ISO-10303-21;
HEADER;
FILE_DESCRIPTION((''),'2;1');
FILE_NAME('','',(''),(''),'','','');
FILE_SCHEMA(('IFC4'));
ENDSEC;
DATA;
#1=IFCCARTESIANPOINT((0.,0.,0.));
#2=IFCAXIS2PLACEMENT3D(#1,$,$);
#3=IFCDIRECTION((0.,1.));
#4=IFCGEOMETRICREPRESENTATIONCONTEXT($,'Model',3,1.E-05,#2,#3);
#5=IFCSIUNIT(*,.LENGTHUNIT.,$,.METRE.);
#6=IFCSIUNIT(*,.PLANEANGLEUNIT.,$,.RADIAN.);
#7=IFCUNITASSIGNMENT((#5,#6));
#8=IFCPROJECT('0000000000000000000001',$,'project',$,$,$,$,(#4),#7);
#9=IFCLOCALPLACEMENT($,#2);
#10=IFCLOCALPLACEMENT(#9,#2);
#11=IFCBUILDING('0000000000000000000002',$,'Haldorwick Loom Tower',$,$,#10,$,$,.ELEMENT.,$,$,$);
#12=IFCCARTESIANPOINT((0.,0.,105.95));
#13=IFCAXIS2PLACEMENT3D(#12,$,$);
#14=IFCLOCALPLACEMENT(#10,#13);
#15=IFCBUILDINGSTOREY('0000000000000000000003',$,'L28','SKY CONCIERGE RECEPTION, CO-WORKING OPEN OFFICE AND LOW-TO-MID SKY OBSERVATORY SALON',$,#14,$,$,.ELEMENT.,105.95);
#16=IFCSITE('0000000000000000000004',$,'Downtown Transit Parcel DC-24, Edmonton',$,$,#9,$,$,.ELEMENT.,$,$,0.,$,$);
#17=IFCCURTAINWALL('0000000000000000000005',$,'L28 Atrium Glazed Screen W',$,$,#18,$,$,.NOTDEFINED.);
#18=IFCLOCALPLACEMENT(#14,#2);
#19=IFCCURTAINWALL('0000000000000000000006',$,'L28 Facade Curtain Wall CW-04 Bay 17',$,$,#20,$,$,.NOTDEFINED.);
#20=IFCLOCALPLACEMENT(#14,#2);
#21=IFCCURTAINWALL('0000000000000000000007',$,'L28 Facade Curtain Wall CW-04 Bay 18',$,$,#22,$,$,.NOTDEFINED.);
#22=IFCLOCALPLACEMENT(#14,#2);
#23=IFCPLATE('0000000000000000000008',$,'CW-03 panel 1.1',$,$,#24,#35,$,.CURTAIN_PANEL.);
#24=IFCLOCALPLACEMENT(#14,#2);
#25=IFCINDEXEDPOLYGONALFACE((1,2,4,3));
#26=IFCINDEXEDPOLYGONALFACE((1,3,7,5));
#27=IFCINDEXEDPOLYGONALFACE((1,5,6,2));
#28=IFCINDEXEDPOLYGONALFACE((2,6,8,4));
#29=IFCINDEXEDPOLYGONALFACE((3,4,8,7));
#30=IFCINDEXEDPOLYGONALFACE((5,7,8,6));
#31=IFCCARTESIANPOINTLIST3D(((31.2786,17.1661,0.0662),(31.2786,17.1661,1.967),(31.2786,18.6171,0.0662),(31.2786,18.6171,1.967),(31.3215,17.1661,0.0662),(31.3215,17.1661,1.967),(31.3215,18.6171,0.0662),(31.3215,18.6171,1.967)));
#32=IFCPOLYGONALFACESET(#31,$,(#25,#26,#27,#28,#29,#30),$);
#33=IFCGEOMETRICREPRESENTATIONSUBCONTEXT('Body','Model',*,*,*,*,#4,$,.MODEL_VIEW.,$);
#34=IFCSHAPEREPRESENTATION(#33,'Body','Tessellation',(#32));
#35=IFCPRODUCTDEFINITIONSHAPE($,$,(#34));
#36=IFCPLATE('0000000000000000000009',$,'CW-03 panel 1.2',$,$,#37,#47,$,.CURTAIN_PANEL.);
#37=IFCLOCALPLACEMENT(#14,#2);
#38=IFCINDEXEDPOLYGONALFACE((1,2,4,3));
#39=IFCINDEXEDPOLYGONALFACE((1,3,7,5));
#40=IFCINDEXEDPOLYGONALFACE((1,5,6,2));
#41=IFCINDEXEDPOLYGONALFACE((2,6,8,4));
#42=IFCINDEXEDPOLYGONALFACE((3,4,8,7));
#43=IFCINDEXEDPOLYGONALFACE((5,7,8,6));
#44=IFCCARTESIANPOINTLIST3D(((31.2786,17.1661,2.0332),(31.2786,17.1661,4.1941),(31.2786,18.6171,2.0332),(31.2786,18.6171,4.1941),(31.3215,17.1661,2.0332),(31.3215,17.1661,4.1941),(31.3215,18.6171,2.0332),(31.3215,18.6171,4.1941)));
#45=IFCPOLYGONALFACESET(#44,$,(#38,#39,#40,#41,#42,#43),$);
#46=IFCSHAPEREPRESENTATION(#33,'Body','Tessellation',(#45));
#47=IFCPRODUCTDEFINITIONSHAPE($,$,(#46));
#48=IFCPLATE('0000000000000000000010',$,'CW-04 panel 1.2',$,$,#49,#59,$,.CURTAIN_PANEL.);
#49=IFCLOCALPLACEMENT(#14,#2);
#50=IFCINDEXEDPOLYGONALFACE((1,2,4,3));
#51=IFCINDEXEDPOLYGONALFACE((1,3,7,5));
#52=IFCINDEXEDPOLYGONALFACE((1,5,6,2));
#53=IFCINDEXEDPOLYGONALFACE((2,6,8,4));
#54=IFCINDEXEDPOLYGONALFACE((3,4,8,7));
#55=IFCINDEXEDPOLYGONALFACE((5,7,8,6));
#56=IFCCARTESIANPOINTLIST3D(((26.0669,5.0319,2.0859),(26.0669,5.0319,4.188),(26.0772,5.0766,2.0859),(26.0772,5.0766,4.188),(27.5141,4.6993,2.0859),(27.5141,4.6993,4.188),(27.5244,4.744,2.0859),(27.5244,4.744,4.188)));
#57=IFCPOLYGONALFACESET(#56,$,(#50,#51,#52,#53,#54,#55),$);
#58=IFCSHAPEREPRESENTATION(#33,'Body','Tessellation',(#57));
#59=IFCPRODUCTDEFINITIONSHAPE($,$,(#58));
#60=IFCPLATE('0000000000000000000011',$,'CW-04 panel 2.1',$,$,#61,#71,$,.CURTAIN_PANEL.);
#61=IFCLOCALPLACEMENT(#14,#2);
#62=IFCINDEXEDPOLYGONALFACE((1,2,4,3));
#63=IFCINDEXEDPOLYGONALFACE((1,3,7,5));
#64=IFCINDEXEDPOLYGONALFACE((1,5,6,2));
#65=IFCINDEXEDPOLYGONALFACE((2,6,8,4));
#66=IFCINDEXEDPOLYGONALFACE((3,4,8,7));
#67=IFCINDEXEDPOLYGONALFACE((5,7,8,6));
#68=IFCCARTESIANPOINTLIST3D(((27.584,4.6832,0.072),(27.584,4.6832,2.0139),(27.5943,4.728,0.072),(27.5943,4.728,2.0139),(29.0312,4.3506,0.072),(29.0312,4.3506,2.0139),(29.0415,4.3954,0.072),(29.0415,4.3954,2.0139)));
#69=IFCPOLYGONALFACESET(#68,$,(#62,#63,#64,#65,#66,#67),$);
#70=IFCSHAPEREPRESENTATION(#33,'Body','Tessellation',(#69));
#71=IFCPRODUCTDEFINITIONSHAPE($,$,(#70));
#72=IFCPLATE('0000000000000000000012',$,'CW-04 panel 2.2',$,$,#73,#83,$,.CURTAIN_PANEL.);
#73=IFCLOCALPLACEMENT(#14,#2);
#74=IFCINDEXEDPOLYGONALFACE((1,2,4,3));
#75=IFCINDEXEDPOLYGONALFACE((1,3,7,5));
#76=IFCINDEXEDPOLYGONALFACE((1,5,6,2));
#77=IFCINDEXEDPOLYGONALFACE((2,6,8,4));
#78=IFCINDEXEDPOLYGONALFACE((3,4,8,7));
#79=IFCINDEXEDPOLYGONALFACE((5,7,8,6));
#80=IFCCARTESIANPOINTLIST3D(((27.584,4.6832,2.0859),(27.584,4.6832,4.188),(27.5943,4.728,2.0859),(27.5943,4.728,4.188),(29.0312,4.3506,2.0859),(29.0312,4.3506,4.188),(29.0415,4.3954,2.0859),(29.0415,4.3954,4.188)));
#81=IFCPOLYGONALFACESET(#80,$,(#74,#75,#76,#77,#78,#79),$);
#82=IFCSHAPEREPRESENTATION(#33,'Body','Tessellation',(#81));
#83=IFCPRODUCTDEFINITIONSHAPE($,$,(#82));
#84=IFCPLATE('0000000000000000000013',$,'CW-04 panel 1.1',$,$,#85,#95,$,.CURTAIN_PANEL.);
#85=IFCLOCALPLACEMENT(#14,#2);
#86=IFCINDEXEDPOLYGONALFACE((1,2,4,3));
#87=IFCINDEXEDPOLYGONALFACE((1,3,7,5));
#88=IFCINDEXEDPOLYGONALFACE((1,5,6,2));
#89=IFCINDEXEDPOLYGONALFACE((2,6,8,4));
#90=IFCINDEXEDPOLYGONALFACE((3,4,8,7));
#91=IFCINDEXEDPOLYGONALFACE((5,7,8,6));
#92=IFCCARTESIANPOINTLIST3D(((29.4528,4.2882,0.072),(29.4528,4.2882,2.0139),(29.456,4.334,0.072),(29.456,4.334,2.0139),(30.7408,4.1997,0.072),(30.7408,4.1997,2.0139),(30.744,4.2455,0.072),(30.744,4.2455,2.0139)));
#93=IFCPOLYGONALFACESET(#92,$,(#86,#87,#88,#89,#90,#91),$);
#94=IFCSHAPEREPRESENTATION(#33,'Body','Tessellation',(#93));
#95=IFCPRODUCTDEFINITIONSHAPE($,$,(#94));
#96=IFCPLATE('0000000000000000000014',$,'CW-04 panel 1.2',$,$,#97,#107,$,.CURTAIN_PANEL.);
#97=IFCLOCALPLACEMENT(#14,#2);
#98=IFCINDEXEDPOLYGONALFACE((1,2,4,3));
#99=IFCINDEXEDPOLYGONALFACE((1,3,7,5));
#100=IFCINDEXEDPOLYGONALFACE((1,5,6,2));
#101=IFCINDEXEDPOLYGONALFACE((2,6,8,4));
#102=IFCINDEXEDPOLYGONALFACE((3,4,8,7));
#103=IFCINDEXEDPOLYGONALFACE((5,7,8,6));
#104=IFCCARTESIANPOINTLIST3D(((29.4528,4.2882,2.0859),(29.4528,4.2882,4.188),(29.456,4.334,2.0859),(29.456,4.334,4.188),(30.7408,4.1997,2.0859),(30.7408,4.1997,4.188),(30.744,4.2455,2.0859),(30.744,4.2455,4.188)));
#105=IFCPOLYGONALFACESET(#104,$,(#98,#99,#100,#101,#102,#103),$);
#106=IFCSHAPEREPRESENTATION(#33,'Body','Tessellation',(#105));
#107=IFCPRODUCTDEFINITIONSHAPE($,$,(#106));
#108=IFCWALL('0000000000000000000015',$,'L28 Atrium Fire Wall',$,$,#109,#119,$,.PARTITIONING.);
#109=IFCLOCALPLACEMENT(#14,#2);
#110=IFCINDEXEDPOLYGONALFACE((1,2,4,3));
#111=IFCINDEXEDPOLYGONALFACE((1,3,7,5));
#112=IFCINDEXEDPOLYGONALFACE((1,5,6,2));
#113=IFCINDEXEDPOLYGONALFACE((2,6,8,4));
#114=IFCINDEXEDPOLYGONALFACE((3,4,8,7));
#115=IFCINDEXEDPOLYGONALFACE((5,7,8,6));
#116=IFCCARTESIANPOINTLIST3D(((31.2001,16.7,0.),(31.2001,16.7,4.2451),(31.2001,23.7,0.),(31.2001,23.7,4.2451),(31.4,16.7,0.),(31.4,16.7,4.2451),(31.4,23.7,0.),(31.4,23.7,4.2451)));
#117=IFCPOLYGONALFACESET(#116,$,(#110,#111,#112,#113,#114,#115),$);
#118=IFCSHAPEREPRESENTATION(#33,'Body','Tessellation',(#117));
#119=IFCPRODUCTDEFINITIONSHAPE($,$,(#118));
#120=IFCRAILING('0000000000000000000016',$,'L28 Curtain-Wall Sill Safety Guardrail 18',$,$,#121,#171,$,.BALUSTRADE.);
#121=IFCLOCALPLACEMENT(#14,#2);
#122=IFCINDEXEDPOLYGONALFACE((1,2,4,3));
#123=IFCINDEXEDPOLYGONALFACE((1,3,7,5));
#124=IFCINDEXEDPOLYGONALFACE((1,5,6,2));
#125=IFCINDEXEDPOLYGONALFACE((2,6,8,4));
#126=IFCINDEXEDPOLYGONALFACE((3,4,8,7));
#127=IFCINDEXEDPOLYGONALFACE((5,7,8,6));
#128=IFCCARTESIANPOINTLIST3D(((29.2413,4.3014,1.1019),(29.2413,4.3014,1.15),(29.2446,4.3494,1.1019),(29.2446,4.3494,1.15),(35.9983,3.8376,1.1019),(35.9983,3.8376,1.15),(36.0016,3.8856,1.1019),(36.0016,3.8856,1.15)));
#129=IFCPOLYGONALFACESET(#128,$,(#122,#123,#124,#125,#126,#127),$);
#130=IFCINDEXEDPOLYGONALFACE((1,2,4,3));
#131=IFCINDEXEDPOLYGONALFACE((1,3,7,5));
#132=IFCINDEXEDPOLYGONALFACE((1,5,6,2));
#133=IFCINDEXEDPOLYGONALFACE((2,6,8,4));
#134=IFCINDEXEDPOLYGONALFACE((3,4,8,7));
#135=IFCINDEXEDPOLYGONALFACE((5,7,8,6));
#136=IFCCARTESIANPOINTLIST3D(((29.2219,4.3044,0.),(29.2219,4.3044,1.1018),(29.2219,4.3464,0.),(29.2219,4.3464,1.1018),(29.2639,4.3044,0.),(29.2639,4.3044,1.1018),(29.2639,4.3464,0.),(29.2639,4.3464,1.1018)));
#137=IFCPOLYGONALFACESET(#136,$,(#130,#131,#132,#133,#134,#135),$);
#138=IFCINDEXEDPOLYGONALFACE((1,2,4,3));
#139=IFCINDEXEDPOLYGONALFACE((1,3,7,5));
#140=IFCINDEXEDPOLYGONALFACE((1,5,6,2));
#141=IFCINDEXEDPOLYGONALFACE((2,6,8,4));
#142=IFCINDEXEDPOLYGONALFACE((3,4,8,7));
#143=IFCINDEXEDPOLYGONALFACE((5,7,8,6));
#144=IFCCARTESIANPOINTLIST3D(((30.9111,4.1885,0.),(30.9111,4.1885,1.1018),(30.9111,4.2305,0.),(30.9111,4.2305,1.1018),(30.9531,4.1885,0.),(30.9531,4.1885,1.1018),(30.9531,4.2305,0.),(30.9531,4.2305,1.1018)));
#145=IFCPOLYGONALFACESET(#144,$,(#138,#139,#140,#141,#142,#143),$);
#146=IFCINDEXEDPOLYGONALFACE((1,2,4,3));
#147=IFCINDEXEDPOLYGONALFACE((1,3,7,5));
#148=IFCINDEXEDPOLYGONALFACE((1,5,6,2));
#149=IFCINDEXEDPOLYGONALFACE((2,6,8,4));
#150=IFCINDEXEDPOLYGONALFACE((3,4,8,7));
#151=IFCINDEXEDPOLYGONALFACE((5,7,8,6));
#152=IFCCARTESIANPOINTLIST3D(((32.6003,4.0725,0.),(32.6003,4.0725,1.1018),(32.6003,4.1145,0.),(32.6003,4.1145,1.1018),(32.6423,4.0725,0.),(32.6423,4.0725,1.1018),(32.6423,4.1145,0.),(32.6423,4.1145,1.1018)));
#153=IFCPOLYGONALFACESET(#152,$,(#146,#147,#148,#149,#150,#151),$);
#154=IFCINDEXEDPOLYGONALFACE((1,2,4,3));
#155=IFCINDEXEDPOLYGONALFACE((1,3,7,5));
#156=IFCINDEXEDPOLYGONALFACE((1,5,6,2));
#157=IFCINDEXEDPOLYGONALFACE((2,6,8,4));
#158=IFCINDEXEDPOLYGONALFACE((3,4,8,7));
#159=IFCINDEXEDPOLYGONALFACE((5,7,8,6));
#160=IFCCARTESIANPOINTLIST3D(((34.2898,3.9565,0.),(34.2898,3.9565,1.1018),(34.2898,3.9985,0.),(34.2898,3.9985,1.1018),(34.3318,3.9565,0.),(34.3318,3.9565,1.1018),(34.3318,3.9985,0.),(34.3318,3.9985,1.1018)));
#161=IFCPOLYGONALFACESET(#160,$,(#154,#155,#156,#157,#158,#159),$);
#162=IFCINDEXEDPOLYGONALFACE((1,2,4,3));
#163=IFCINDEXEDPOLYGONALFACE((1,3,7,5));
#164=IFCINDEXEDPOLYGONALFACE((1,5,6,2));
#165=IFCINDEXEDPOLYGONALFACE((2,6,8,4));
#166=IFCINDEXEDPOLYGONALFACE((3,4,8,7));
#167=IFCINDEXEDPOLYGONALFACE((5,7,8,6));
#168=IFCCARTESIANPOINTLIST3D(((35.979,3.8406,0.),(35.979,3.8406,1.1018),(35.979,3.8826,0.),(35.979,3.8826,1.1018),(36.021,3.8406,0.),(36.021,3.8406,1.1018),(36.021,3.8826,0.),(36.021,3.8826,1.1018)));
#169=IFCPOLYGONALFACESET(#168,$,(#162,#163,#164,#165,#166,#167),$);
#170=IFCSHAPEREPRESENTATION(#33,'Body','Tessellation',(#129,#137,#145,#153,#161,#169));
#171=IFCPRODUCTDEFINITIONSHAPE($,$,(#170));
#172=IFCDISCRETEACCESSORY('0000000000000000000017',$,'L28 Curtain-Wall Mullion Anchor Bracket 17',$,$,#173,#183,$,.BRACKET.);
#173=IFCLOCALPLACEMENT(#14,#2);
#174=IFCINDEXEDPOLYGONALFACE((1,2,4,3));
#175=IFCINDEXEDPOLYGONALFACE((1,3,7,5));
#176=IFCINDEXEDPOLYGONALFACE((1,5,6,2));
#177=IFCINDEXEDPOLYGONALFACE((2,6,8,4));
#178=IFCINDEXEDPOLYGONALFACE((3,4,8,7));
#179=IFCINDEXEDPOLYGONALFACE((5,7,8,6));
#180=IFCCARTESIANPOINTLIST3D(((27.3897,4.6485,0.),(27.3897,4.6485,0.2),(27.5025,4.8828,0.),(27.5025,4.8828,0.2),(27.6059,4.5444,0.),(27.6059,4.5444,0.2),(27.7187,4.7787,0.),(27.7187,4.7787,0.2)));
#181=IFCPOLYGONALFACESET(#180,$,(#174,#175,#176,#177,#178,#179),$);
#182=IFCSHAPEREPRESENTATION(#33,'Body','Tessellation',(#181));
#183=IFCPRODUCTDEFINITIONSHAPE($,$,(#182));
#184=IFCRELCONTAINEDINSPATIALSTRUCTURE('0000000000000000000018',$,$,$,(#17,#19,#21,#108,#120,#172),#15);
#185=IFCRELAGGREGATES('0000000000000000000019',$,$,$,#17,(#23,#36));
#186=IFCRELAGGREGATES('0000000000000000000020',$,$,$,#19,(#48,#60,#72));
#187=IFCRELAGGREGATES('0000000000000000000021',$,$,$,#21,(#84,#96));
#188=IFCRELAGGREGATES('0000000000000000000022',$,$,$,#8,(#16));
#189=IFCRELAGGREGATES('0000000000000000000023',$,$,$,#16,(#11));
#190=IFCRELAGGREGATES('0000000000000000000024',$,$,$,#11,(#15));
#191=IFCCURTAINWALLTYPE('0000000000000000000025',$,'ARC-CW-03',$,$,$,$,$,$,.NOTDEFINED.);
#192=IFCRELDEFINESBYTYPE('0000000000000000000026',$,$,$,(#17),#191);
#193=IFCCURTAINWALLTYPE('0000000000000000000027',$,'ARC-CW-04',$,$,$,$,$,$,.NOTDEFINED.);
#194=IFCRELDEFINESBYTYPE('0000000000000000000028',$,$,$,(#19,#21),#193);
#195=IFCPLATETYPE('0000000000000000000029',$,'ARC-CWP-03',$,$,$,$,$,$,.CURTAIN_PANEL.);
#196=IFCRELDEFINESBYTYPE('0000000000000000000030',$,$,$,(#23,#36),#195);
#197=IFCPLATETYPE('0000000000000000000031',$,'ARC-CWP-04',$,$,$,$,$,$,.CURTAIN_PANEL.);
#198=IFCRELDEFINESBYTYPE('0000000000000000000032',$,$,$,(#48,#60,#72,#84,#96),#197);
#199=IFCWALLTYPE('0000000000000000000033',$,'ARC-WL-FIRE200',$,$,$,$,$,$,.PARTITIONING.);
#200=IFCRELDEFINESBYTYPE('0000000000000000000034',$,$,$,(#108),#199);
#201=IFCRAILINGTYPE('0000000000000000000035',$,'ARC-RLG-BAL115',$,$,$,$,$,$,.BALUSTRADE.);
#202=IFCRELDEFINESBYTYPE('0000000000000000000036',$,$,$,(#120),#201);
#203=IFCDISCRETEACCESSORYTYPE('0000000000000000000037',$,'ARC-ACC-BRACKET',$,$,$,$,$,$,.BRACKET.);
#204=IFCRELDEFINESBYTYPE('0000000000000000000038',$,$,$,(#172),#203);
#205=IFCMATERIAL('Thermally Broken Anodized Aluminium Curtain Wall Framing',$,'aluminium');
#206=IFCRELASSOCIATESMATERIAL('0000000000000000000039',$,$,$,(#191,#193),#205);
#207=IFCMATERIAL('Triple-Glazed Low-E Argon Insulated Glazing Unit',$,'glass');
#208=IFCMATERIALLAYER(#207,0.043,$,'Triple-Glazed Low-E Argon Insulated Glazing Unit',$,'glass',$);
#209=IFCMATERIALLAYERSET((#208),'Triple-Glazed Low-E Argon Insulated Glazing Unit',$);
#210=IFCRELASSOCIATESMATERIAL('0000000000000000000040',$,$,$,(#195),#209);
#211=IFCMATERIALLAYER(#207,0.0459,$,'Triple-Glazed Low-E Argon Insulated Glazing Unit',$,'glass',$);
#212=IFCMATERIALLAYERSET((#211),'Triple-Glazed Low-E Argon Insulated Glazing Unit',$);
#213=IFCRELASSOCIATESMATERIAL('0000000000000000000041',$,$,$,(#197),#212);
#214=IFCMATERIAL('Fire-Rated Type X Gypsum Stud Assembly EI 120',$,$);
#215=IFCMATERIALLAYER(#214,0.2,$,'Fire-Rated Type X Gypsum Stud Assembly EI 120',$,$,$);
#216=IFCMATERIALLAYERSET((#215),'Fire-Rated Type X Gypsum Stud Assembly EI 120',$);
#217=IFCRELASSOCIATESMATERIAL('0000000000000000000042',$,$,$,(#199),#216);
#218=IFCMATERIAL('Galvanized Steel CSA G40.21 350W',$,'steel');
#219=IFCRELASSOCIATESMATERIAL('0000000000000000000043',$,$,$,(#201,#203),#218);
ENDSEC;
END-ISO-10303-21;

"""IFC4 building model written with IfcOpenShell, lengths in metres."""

from ifc_helpers import new_model, si_unit, direction, frame, frame_2d, origin, origin_2d, place, context, subcontext, project, spatial, rectangle, extrude, material, layer, layer_set, type_object, element, aggregate, save


model = new_model("IFC4")

# Units and contexts
model_context = context("Model", 3, precision=1e-05, world=origin(), true_north=direction((0.0, 1.0)))
body_context = subcontext(model_context, "Body", "Model", "MODEL_VIEW")
ifc_project = project(units=[si_unit("LENGTHUNIT", "METRE"), si_unit("PLANEANGLEUNIT", "RADIAN")], contexts=[model_context])

# Site, building, storey
site_placement = place(None, origin())
site = spatial("IfcSite", under=ifc_project, at=site_placement, Name="Downtown Transit Parcel DC-24, Edmonton", CompositionType="ELEMENT", RefElevation=0.0)
building_placement = place(site_placement, origin())
building = spatial("IfcBuilding", under=site, at=building_placement, Name="Haldorwick Loom Tower", CompositionType="ELEMENT")
storey_placement = place(building_placement, frame((0.0, 0.0, 105.95)))
storey = spatial("IfcBuildingStorey", under=building, at=storey_placement, Name="L28", Description="SKY CONCIERGE RECEPTION, CO-WORKING OPEN OFFICE AND LOW-TO-MID SKY OBSERVATORY SALON", CompositionType="ELEMENT", Elevation=105.95)

# Curtain walls
ifc_material_1 = material(Name="Thermally Broken Anodized Aluminium Curtain Wall Framing", Category="aluminium")
curtain_wall_type_1 = type_object("IfcCurtainWallType", Name="ARC-CW-03", PredefinedType="NOTDEFINED", material=ifc_material_1)
curtain_wall_1_placement = place(storey_placement, origin())
curtain_wall_1 = element("IfcCurtainWall", 1, at=curtain_wall_1_placement, inside=storey, type_object=curtain_wall_type_1, Name="L28 Atrium Glazed Screen W", PredefinedType="NOTDEFINED")
curtain_wall_type_2 = type_object("IfcCurtainWallType", Name="ARC-CW-04", PredefinedType="NOTDEFINED", material=ifc_material_1)
curtain_wall_2_placement = place(storey_placement, origin())
curtain_wall_2 = element("IfcCurtainWall", 2, at=curtain_wall_2_placement, inside=storey, type_object=curtain_wall_type_2, Name="L28 Facade Curtain Wall CW-04 Bay 17", PredefinedType="NOTDEFINED")
curtain_wall_3_placement = place(storey_placement, origin())
curtain_wall_3 = element("IfcCurtainWall", 3, at=curtain_wall_3_placement, inside=storey, type_object=curtain_wall_type_2, Name="L28 Facade Curtain Wall CW-04 Bay 18", PredefinedType="NOTDEFINED")

# Plates
ifc_material_2 = material(Name="Triple-Glazed Low-E Argon Insulated Glazing Unit", Category="glass")
ifc_layer_1 = layer(ifc_material_2, 0.043, Name="Triple-Glazed Low-E Argon Insulated Glazing Unit", Category="glass")
ifc_layer_set_1 = layer_set([ifc_layer_1], Name="Triple-Glazed Low-E Argon Insulated Glazing Unit")
plate_type_1 = type_object("IfcPlateType", Name="ARC-CWP-03", PredefinedType="CURTAIN_PANEL", material=ifc_layer_set_1)
plate_1_placement = place(storey_placement, frame((31.3, 17.8916, 0.0662), z_axis=(0.0, 0.0, 1.0), x_axis=(0.0, 1.0, 0.0)))
plate_1 = element("IfcPlate", 4, at=plate_1_placement, type_object=plate_type_1, Name="CW-03 panel 1.1", PredefinedType="CURTAIN_PANEL", context=body_context, shape_type="SweptSolid", body=[
    extrude(rectangle(XDim=1.4509, YDim=0.043, at=origin_2d()), origin(), (0.0, 0.0, 1.0), 1.9009),
])
plate_2_placement = place(storey_placement, frame((31.3, 17.8916, 2.0332), z_axis=(0.0, 0.0, 1.0), x_axis=(0.0, 1.0, 0.0)))
plate_2 = element("IfcPlate", 5, at=plate_2_placement, type_object=plate_type_1, Name="CW-03 panel 1.2", PredefinedType="CURTAIN_PANEL", context=body_context, shape_type="SweptSolid", body=[
    extrude(rectangle(XDim=1.4509, YDim=0.043, at=origin_2d()), origin(), (0.0, 0.0, 1.0), 2.1609),
])
aggregate(curtain_wall_1, [plate_1, plate_2])
ifc_layer_2 = layer(ifc_material_2, 0.0459, Name="Triple-Glazed Low-E Argon Insulated Glazing Unit", Category="glass")
ifc_layer_set_2 = layer_set([ifc_layer_2], Name="Triple-Glazed Low-E Argon Insulated Glazing Unit")
plate_type_2 = type_object("IfcPlateType", Name="ARC-CWP-04", PredefinedType="CURTAIN_PANEL", material=ifc_layer_set_2)
plate_3_placement = place(storey_placement, frame((26.7957, 4.8879, 2.0859), z_axis=(0.0, 0.0, 1.0), x_axis=(0.974593, -0.223981, 0.0)))
plate_3 = element("IfcPlate", 6, at=plate_3_placement, type_object=plate_type_2, Name="CW-04 panel 1.2", PredefinedType="CURTAIN_PANEL", context=body_context, shape_type="SweptSolid", body=[
    extrude(rectangle(XDim=1.4849, YDim=0.0459, at=origin_2d()), origin(), (0.0, 0.0, 1.0), 2.1021),
])
plate_4_placement = place(storey_placement, frame((28.3127, 4.5393, 0.072), z_axis=(0.0, 0.0, 1.0), x_axis=(0.974593, -0.223981, 0.0)))
plate_4 = element("IfcPlate", 7, at=plate_4_placement, type_object=plate_type_2, Name="CW-04 panel 2.1", PredefinedType="CURTAIN_PANEL", context=body_context, shape_type="SweptSolid", body=[
    extrude(rectangle(XDim=1.4849, YDim=0.0459, at=origin_2d()), origin(), (0.0, 0.0, 1.0), 1.9419),
])
plate_5_placement = place(storey_placement, frame((28.3127, 4.5393, 2.0859), z_axis=(0.0, 0.0, 1.0), x_axis=(0.974593, -0.223981, 0.0)))
plate_5 = element("IfcPlate", 8, at=plate_5_placement, type_object=plate_type_2, Name="CW-04 panel 2.2", PredefinedType="CURTAIN_PANEL", context=body_context, shape_type="SweptSolid", body=[
    extrude(rectangle(XDim=1.4849, YDim=0.0459, at=origin_2d()), origin(), (0.0, 0.0, 1.0), 2.1021),
])
aggregate(curtain_wall_2, [plate_3, plate_4, plate_5])
plate_6_placement = place(storey_placement, frame((30.0984, 4.2668, 0.072), z_axis=(0.0, 0.0, 1.0), x_axis=(0.997651, -0.068496, 0.0)))
plate_6 = element("IfcPlate", 9, at=plate_6_placement, type_object=plate_type_2, Name="CW-04 panel 1.1", PredefinedType="CURTAIN_PANEL", context=body_context, shape_type="SweptSolid", body=[
    extrude(rectangle(XDim=1.291, YDim=0.0459, at=origin_2d()), origin(), (0.0, 0.0, 1.0), 1.9419),
])
plate_7_placement = place(storey_placement, frame((30.0984, 4.2668, 2.0859), z_axis=(0.0, 0.0, 1.0), x_axis=(0.997651, -0.068496, 0.0)))
plate_7 = element("IfcPlate", 10, at=plate_7_placement, type_object=plate_type_2, Name="CW-04 panel 1.2", PredefinedType="CURTAIN_PANEL", context=body_context, shape_type="SweptSolid", body=[
    extrude(rectangle(XDim=1.291, YDim=0.0459, at=origin_2d()), origin(), (0.0, 0.0, 1.0), 2.1021),
])
aggregate(curtain_wall_3, [plate_6, plate_7])

# Wall
ifc_material_3 = material(Name="Fire-Rated Type X Gypsum Stud Assembly EI 120")
ifc_layer_3 = layer(ifc_material_3, 0.2, Name="Fire-Rated Type X Gypsum Stud Assembly EI 120")
ifc_layer_set_3 = layer_set([ifc_layer_3], Name="Fire-Rated Type X Gypsum Stud Assembly EI 120")
wall_type = type_object("IfcWallType", Name="ARC-WL-FIRE200", PredefinedType="PARTITIONING", material=ifc_layer_set_3)
wall_placement = place(storey_placement, frame((31.3, 16.7, 0.0), z_axis=(0.0, 0.0, 1.0), x_axis=(0.0, 1.0, 0.0)))
element("IfcWall", 11, at=wall_placement, inside=storey, type_object=wall_type, Name="L28 Atrium Fire Wall", PredefinedType="PARTITIONING", context=body_context, shape_type="SweptSolid", body=[
    extrude(rectangle(XDim=7.0, YDim=0.2, at=frame_2d((3.5, 0.0))), origin(), (0.0, 0.0, 1.0), 4.2451),
])

# Railing
ifc_material_4 = material(Name="Galvanized Steel CSA G40.21 350W", Category="steel")
railing_type = type_object("IfcRailingType", Name="ARC-RLG-BAL115", PredefinedType="BALUSTRADE", material=ifc_material_4)
railing_placement = place(storey_placement, frame((29.2429, 4.3254, 0.0)))
element("IfcRailing", 12, at=railing_placement, inside=storey, type_object=railing_type, Name="L28 Curtain-Wall Sill Safety Guardrail 18", PredefinedType="BALUSTRADE", context=body_context, shape_type="SweptSolid", body=[
    extrude(rectangle(XDim=0.0481, YDim=0.0481, at=origin_2d()), frame((0.0, 0.0, 1.126), z_axis=(0.997652, -0.068488, 0.0), x_axis=(0.068488, 0.997652, 0.0)), (0.0, 0.0, 1.0), 6.7729),
    extrude(rectangle(XDim=0.042, YDim=0.042, at=origin_2d()), origin(), (0.0, 0.0, 1.0), 1.1018),
    extrude(rectangle(XDim=0.042, YDim=0.042, at=origin_2d()), frame((1.6892, -0.116, 0.0)), (0.0, 0.0, 1.0), 1.1018),
    extrude(rectangle(XDim=0.042, YDim=0.042, at=origin_2d()), frame((3.3784, -0.2319, 0.0)), (0.0, 0.0, 1.0), 1.1018),
    extrude(rectangle(XDim=0.042, YDim=0.042, at=origin_2d()), frame((5.0679, -0.3479, 0.0)), (0.0, 0.0, 1.0), 1.1018),
    extrude(rectangle(XDim=0.042, YDim=0.042, at=origin_2d()), frame((6.7571, -0.4639, 0.0)), (0.0, 0.0, 1.0), 1.1018),
])

# Discrete accessory
discrete_accessory_type = type_object("IfcDiscreteAccessoryType", Name="ARC-ACC-BRACKET", PredefinedType="BRACKET", material=ifc_material_4)
discrete_accessory_placement = place(storey_placement, frame((27.5542, 4.7136, 0.0), z_axis=(0.0, 0.0, 1.0), x_axis=(-0.433659, -0.901077, 0.0)))
element("IfcDiscreteAccessory", 13, at=discrete_accessory_placement, inside=storey, type_object=discrete_accessory_type, Name="L28 Curtain-Wall Mullion Anchor Bracket 17", PredefinedType="BRACKET", context=body_context, shape_type="SweptSolid", body=[
    extrude(rectangle(XDim=0.26, YDim=0.24, at=origin_2d()), origin(), (0.0, 0.0, 1.0), 0.2),
])

save(model, "model.ifc")
